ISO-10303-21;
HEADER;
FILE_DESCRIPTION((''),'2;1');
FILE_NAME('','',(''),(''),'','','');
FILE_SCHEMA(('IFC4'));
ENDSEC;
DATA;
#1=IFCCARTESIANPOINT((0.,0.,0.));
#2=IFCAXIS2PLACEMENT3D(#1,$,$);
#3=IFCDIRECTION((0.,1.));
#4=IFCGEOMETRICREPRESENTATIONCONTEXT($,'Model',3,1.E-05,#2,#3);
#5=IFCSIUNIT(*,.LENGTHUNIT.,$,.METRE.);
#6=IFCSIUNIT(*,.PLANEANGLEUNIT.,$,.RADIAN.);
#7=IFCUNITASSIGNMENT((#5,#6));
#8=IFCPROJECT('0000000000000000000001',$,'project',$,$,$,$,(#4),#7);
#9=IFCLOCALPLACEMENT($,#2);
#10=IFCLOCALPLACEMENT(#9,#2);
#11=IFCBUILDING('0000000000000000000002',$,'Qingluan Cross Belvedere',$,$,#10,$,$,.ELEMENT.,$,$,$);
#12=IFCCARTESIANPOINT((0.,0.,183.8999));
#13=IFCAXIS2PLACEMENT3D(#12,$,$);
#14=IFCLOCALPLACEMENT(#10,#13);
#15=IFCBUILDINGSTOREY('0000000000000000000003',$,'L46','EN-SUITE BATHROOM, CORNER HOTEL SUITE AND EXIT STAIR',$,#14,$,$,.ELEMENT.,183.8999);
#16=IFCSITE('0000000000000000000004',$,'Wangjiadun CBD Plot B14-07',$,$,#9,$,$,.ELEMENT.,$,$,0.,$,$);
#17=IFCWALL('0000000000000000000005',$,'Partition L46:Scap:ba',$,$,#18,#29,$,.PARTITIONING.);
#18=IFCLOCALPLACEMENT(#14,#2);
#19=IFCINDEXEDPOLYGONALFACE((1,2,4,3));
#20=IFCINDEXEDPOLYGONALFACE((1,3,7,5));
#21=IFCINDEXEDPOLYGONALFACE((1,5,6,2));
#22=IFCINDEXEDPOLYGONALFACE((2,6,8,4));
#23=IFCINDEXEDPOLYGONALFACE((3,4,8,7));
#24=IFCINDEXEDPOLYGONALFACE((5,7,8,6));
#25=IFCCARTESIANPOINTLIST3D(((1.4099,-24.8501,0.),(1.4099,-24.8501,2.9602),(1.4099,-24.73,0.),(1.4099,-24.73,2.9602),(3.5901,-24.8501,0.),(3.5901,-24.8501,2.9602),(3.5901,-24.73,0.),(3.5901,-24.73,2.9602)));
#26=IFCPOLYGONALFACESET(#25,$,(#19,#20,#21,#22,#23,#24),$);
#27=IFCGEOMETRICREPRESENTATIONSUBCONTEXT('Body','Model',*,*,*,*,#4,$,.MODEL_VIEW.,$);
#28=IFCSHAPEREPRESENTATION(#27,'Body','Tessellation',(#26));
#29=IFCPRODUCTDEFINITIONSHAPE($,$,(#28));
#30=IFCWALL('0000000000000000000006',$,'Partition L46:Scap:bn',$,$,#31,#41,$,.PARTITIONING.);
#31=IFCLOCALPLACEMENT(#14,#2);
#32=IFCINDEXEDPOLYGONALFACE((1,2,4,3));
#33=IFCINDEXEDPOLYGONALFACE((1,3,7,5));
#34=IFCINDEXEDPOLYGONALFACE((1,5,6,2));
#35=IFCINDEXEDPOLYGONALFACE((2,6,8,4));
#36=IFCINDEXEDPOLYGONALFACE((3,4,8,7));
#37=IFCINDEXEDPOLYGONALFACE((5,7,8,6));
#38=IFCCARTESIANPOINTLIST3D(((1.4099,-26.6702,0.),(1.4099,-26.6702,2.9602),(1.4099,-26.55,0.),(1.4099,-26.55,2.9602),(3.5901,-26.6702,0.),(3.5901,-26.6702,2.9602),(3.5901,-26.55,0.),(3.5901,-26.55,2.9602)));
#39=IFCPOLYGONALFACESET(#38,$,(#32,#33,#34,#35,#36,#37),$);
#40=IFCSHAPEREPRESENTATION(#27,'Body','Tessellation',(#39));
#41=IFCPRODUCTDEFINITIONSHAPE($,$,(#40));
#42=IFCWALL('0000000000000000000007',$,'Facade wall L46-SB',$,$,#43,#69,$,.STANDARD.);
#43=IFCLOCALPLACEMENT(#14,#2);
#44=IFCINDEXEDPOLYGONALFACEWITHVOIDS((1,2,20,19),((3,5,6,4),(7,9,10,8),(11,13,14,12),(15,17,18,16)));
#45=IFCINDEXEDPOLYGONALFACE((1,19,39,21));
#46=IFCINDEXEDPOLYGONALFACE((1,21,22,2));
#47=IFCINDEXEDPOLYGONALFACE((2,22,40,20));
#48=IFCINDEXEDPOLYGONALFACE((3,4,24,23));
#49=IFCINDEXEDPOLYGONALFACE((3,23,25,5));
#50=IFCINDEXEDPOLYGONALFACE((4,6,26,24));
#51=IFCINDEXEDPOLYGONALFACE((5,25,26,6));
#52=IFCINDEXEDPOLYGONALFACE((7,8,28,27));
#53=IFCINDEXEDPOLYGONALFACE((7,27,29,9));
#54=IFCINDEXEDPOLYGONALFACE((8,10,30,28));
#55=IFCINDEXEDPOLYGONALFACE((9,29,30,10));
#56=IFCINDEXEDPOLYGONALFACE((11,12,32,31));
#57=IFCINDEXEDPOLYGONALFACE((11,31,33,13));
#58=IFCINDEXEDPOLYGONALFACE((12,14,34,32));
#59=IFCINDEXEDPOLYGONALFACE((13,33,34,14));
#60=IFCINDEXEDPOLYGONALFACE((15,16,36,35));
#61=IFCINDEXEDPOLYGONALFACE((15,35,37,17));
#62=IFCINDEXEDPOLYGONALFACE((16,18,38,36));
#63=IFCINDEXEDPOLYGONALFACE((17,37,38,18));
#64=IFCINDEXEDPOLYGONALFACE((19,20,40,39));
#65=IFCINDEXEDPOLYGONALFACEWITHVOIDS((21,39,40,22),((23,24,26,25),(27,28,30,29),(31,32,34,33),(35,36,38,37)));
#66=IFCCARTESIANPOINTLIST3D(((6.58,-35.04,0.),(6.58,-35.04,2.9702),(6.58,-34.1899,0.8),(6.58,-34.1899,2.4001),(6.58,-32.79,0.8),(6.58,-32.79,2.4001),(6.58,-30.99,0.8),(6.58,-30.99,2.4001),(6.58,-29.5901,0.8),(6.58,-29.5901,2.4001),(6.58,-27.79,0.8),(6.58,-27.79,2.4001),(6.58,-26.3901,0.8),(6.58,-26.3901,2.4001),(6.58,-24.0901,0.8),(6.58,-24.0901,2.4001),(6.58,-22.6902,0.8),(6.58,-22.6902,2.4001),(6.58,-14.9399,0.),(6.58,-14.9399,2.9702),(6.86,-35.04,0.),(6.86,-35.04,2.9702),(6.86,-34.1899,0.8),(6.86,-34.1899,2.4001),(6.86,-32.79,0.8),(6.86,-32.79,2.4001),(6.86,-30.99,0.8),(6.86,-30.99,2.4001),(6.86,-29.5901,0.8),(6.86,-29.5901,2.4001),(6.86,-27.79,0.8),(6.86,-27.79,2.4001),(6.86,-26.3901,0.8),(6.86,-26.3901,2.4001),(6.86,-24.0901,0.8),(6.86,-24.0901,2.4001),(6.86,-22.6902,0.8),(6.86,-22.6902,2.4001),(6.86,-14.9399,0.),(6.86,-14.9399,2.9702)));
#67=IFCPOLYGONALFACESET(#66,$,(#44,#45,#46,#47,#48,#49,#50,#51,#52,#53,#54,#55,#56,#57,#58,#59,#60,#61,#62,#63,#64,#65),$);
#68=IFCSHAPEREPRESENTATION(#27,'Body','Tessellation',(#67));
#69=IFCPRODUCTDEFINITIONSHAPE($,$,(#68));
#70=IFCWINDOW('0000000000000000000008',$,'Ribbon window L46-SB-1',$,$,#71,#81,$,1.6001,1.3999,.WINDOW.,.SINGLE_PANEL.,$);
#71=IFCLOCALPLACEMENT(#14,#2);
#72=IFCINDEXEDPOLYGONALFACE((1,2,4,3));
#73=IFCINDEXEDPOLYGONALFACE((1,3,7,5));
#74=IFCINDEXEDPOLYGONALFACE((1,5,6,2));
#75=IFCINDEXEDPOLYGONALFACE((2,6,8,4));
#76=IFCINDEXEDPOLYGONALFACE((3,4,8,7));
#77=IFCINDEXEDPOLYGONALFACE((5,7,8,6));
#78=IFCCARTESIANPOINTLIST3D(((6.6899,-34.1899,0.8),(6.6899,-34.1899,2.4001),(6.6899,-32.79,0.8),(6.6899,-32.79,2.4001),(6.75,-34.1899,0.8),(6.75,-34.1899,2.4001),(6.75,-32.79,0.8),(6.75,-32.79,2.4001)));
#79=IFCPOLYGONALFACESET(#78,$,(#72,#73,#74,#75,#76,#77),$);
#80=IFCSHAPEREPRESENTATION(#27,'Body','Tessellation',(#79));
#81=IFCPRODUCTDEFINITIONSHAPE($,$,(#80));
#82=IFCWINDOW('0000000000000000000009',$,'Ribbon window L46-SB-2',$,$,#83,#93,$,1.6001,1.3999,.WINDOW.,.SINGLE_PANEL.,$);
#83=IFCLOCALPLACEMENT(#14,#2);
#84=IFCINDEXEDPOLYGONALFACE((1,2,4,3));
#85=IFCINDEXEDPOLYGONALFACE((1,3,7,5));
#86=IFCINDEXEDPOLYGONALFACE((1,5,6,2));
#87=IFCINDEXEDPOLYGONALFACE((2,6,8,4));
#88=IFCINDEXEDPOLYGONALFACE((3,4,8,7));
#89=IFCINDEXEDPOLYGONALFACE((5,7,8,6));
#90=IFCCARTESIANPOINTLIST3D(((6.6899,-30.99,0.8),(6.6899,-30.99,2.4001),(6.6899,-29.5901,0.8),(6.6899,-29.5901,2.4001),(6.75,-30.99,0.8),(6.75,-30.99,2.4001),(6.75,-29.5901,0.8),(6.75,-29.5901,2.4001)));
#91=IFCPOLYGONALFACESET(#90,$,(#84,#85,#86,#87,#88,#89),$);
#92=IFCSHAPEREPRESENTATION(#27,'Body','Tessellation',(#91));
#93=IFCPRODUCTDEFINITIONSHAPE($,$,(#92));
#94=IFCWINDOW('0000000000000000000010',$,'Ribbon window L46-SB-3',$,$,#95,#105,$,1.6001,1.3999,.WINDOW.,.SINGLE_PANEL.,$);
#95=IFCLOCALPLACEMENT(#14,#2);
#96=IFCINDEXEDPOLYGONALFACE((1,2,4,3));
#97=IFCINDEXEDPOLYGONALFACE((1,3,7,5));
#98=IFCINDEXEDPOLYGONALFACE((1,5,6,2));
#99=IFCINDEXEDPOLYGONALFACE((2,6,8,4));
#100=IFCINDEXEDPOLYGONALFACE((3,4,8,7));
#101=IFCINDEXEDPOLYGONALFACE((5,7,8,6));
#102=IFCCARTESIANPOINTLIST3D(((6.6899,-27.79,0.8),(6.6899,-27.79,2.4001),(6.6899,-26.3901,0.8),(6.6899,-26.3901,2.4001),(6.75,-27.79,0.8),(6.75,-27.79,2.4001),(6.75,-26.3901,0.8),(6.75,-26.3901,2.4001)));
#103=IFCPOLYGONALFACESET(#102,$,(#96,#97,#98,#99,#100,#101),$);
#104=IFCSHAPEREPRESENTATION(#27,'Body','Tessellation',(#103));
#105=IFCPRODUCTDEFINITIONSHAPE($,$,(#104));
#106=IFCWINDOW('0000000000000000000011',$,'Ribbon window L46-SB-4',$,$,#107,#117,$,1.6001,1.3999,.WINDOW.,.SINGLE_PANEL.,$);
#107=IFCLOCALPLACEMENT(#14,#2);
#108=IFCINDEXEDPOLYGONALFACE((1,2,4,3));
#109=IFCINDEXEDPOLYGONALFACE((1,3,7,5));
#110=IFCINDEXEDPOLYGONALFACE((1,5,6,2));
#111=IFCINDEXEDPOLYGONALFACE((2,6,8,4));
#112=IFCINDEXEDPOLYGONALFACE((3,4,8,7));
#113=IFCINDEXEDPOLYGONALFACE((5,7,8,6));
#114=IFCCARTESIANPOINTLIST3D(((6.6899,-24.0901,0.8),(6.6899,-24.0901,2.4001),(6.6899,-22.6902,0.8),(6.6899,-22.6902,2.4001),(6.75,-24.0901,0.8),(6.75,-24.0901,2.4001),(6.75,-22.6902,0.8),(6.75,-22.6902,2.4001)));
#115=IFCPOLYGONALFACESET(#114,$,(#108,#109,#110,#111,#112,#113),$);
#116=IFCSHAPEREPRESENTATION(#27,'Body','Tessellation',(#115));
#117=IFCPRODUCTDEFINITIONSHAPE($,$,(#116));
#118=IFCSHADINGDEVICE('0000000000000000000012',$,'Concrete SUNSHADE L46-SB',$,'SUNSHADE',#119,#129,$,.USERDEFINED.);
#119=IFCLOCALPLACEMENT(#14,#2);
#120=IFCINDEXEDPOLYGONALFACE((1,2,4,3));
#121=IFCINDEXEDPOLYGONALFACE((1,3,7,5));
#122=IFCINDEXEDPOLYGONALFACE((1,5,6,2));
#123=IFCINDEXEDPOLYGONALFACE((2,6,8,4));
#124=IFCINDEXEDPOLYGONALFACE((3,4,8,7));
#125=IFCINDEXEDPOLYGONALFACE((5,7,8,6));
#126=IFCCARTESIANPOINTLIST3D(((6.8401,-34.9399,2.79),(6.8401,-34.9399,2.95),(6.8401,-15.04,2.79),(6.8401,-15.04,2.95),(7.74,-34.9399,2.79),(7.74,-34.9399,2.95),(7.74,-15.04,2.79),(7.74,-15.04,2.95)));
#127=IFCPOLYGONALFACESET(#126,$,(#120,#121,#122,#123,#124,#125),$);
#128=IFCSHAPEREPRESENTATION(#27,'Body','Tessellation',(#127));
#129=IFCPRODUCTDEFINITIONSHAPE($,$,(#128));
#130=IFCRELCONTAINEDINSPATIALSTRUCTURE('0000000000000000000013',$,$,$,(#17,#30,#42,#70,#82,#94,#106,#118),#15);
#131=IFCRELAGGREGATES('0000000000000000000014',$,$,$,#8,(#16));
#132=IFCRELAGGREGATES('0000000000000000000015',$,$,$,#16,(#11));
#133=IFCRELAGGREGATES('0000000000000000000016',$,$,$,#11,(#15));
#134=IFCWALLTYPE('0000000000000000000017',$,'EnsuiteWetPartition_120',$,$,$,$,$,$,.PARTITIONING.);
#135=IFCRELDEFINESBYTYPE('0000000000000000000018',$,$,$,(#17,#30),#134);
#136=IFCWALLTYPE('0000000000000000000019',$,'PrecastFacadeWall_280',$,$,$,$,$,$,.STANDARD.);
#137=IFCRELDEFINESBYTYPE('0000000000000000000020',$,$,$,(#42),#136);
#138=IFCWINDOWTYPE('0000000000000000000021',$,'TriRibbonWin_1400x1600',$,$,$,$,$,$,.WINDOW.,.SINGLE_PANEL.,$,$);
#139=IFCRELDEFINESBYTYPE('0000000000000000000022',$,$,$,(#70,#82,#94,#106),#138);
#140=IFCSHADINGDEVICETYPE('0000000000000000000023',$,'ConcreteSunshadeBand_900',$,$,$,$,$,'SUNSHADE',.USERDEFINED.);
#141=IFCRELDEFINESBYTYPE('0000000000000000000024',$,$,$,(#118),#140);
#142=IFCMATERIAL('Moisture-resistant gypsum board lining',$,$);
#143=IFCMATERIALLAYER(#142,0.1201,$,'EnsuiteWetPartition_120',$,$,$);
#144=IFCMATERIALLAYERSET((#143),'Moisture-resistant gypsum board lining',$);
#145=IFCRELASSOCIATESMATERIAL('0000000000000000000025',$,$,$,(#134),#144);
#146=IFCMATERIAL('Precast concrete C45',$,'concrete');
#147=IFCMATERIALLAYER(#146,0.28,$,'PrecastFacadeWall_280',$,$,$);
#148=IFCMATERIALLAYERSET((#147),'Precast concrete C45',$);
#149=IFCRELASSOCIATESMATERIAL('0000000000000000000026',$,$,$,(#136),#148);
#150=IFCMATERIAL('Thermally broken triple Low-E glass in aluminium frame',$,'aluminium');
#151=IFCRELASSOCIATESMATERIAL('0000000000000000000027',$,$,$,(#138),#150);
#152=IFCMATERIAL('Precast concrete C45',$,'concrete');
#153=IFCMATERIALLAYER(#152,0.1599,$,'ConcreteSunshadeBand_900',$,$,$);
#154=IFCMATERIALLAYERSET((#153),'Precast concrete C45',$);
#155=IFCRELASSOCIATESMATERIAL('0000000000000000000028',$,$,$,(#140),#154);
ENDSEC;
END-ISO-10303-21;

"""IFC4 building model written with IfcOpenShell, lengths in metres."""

from ifc_helpers import new_model, si_unit, direction, frame, frame_2d, origin, origin_2d, place, context, subcontext, project, spatial, rectangle, extrude, material, layer, layer_set, type_object, element, fill, save


model = new_model("IFC4")

# Units and contexts
model_context = context("Model", 3, precision=1e-05, world=origin(), true_north=direction((0.0, 1.0)))
body_context = subcontext(model_context, "Body", "Model", "MODEL_VIEW")
ifc_project = project(units=[si_unit("LENGTHUNIT", "METRE"), si_unit("PLANEANGLEUNIT", "RADIAN")], contexts=[model_context])

# Site, building, storey
site_placement = place(None, origin())
site = spatial("IfcSite", under=ifc_project, at=site_placement, Name="Wangjiadun CBD Plot B14-07", CompositionType="ELEMENT", RefElevation=0.0)
building_placement = place(site_placement, origin())
building = spatial("IfcBuilding", under=site, at=building_placement, Name="Qingluan Cross Belvedere", CompositionType="ELEMENT")
storey_placement = place(building_placement, frame((0.0, 0.0, 183.8999)))
storey = spatial("IfcBuildingStorey", under=building, at=storey_placement, Name="L46", Description="EN-SUITE BATHROOM, CORNER HOTEL SUITE AND EXIT STAIR", CompositionType="ELEMENT", Elevation=183.8999)

# Shared definitions
ifc_material_1 = material(Name="Moisture-resistant gypsum board lining")
ifc_layer_1 = layer(ifc_material_1, 0.1201, Name="EnsuiteWetPartition_120")
ifc_layer_set_1 = layer_set([ifc_layer_1], Name="Moisture-resistant gypsum board lining")
wall_type_1 = type_object("IfcWallType", Name="EnsuiteWetPartition_120", PredefinedType="PARTITIONING", material=ifc_layer_set_1)

# Walls
for number, where, z_axis, x_axis, name in (
    (1, (1.4099, -24.79, 0.0), (0.0, 0.0, 1.0), (1.0, 0.0, 0.0), "Partition L46:Scap:ba"),
    (2, (1.4099, -26.6101, 0.0), (0.0, 0.0, 1.0), (1.0, 0.0, 0.0), "Partition L46:Scap:bn"),
):
    element("IfcWall", number, at=place(storey_placement, frame(where, z_axis=z_axis, x_axis=x_axis)), inside=storey, type_object=wall_type_1, Name=name, PredefinedType="PARTITIONING", context=body_context, shape_type="SweptSolid", body=[
        extrude(rectangle(XDim=2.1802, YDim=0.1201, at=frame_2d((1.0901, 0.0))), origin(), (0.0, 0.0, 1.0), 2.9602),
    ])

# Wall, openings, windows
ifc_material_2 = material(Name="Precast concrete C45", Category="concrete")
ifc_layer_2 = layer(ifc_material_2, 0.28, Name="PrecastFacadeWall_280")
ifc_layer_set_2 = layer_set([ifc_layer_2], Name="Precast concrete C45")
wall_type_2 = type_object("IfcWallType", Name="PrecastFacadeWall_280", PredefinedType="STANDARD", material=ifc_layer_set_2)
wall_1_placement = place(storey_placement, frame((6.72, -35.04, 0.0), z_axis=(0.0, 0.0, 1.0), x_axis=(0.0, 1.0, 0.0)))
wall_1 = element("IfcWall", 3, at=wall_1_placement, inside=storey, type_object=wall_type_2, Name="Facade wall L46-SB", PredefinedType="STANDARD", context=body_context, shape_type="SweptSolid", body=[
    extrude(rectangle(XDim=20.1001, YDim=0.28, at=frame_2d((10.05, 0.0))), origin(), (0.0, 0.0, 1.0), 2.9702),
])
opening_1_placement = place(wall_1_placement, frame((0.8501, 0.0, 0.8)))
opening_1 = element("IfcOpeningElement", 4, at=opening_1_placement, cuts=wall_1, PredefinedType="OPENING", context=body_context, shape_type="SweptSolid", body=[
    extrude(rectangle(XDim=1.3999, YDim=1.6001, at=frame_2d((0.7, 0.8))), frame((0.0, 0.1499, 0.0), z_axis=(0.0, -1.0, 0.0), x_axis=(1.0, 0.0, 0.0)), (0.0, 0.0, 1.0), 0.3),
])
opening_2_placement = place(wall_1_placement, frame((4.05, 0.0, 0.8)))
opening_2 = element("IfcOpeningElement", 5, at=opening_2_placement, cuts=wall_1, PredefinedType="OPENING", context=body_context, shape_type="SweptSolid", body=[
    extrude(rectangle(XDim=1.3999, YDim=1.6001, at=frame_2d((0.7, 0.8))), frame((0.0, 0.1499, 0.0), z_axis=(0.0, -1.0, 0.0), x_axis=(1.0, 0.0, 0.0)), (0.0, 0.0, 1.0), 0.3),
])
opening_3_placement = place(wall_1_placement, frame((7.25, 0.0, 0.8)))
opening_3 = element("IfcOpeningElement", 6, at=opening_3_placement, cuts=wall_1, PredefinedType="OPENING", context=body_context, shape_type="SweptSolid", body=[
    extrude(rectangle(XDim=1.3999, YDim=1.6001, at=frame_2d((0.7, 0.8))), frame((0.0, 0.1499, 0.0), z_axis=(0.0, -1.0, 0.0), x_axis=(1.0, 0.0, 0.0)), (0.0, 0.0, 1.0), 0.3),
])
opening_4_placement = place(wall_1_placement, frame((10.95, 0.0, 0.8)))
opening_4 = element("IfcOpeningElement", 7, at=opening_4_placement, cuts=wall_1, PredefinedType="OPENING", context=body_context, shape_type="SweptSolid", body=[
    extrude(rectangle(XDim=1.3999, YDim=1.6001, at=frame_2d((0.7, 0.8))), frame((0.0, 0.1499, 0.0), z_axis=(0.0, -1.0, 0.0), x_axis=(1.0, 0.0, 0.0)), (0.0, 0.0, 1.0), 0.3),
])
ifc_material_3 = material(Name="Thermally broken triple Low-E glass in aluminium frame", Category="aluminium")
window_type = type_object("IfcWindowType", Name="TriRibbonWin_1400x1600", PartitioningType="SINGLE_PANEL", PredefinedType="WINDOW", material=ifc_material_3)
window_1_placement = place(opening_1_placement, origin())
window_1 = element("IfcWindow", 8, at=window_1_placement, inside=storey, type_object=window_type, Name="Ribbon window L46-SB-1", OverallHeight=1.6001, OverallWidth=1.3999, PartitioningType="SINGLE_PANEL", PredefinedType="WINDOW", context=body_context, shape_type="SweptSolid", body=[
    extrude(rectangle(XDim=1.3999, YDim=1.6001, at=frame_2d((0.7, 0.8))), frame((0.0, 0.03, 0.0), z_axis=(0.0, -1.0, 0.0), x_axis=(1.0, 0.0, 0.0)), (0.0, 0.0, 1.0), 0.0601),
])
fill(opening_1, window_1)
window_2_placement = place(opening_2_placement, origin())
window_2 = element("IfcWindow", 9, at=window_2_placement, inside=storey, type_object=window_type, Name="Ribbon window L46-SB-2", OverallHeight=1.6001, OverallWidth=1.3999, PartitioningType="SINGLE_PANEL", PredefinedType="WINDOW", context=body_context, shape_type="SweptSolid", body=[
    extrude(rectangle(XDim=1.3999, YDim=1.6001, at=frame_2d((0.7, 0.8))), frame((0.0, 0.03, 0.0), z_axis=(0.0, -1.0, 0.0), x_axis=(1.0, 0.0, 0.0)), (0.0, 0.0, 1.0), 0.0601),
])
fill(opening_2, window_2)
window_3_placement = place(opening_3_placement, origin())
window_3 = element("IfcWindow", 10, at=window_3_placement, inside=storey, type_object=window_type, Name="Ribbon window L46-SB-3", OverallHeight=1.6001, OverallWidth=1.3999, PartitioningType="SINGLE_PANEL", PredefinedType="WINDOW", context=body_context, shape_type="SweptSolid", body=[
    extrude(rectangle(XDim=1.3999, YDim=1.6001, at=frame_2d((0.7, 0.8))), frame((0.0, 0.03, 0.0), z_axis=(0.0, -1.0, 0.0), x_axis=(1.0, 0.0, 0.0)), (0.0, 0.0, 1.0), 0.0601),
])
fill(opening_3, window_3)
window_4_placement = place(opening_4_placement, origin())
window_4 = element("IfcWindow", 11, at=window_4_placement, inside=storey, type_object=window_type, Name="Ribbon window L46-SB-4", OverallHeight=1.6001, OverallWidth=1.3999, PartitioningType="SINGLE_PANEL", PredefinedType="WINDOW", context=body_context, shape_type="SweptSolid", body=[
    extrude(rectangle(XDim=1.3999, YDim=1.6001, at=frame_2d((0.7, 0.8))), frame((0.0, 0.03, 0.0), z_axis=(0.0, -1.0, 0.0), x_axis=(1.0, 0.0, 0.0)), (0.0, 0.0, 1.0), 0.0601),
])
fill(opening_4, window_4)

# Shading device
ifc_material_4 = material(Name="Precast concrete C45", Category="concrete")
ifc_layer_3 = layer(ifc_material_4, 0.1599, Name="ConcreteSunshadeBand_900")
ifc_layer_set_3 = layer_set([ifc_layer_3], Name="Precast concrete C45")
shading_device_type = type_object("IfcShadingDeviceType", Name="ConcreteSunshadeBand_900", ElementType="SUNSHADE", PredefinedType="USERDEFINED", material=ifc_layer_set_3)
shading_device_placement = place(storey_placement, frame((7.29, -24.99, 2.79), z_axis=(0.0, 0.0, 1.0), x_axis=(0.0, 1.0, 0.0)))
element("IfcShadingDevice", 12, at=shading_device_placement, inside=storey, type_object=shading_device_type, Name="Concrete SUNSHADE L46-SB", ObjectType="SUNSHADE", PredefinedType="USERDEFINED", context=body_context, shape_type="SweptSolid", body=[
    extrude(rectangle(XDim=19.8999, YDim=0.8999, at=origin_2d()), origin(), (0.0, 0.0, 1.0), 0.1599),
])

save(model, "model.ifc")
